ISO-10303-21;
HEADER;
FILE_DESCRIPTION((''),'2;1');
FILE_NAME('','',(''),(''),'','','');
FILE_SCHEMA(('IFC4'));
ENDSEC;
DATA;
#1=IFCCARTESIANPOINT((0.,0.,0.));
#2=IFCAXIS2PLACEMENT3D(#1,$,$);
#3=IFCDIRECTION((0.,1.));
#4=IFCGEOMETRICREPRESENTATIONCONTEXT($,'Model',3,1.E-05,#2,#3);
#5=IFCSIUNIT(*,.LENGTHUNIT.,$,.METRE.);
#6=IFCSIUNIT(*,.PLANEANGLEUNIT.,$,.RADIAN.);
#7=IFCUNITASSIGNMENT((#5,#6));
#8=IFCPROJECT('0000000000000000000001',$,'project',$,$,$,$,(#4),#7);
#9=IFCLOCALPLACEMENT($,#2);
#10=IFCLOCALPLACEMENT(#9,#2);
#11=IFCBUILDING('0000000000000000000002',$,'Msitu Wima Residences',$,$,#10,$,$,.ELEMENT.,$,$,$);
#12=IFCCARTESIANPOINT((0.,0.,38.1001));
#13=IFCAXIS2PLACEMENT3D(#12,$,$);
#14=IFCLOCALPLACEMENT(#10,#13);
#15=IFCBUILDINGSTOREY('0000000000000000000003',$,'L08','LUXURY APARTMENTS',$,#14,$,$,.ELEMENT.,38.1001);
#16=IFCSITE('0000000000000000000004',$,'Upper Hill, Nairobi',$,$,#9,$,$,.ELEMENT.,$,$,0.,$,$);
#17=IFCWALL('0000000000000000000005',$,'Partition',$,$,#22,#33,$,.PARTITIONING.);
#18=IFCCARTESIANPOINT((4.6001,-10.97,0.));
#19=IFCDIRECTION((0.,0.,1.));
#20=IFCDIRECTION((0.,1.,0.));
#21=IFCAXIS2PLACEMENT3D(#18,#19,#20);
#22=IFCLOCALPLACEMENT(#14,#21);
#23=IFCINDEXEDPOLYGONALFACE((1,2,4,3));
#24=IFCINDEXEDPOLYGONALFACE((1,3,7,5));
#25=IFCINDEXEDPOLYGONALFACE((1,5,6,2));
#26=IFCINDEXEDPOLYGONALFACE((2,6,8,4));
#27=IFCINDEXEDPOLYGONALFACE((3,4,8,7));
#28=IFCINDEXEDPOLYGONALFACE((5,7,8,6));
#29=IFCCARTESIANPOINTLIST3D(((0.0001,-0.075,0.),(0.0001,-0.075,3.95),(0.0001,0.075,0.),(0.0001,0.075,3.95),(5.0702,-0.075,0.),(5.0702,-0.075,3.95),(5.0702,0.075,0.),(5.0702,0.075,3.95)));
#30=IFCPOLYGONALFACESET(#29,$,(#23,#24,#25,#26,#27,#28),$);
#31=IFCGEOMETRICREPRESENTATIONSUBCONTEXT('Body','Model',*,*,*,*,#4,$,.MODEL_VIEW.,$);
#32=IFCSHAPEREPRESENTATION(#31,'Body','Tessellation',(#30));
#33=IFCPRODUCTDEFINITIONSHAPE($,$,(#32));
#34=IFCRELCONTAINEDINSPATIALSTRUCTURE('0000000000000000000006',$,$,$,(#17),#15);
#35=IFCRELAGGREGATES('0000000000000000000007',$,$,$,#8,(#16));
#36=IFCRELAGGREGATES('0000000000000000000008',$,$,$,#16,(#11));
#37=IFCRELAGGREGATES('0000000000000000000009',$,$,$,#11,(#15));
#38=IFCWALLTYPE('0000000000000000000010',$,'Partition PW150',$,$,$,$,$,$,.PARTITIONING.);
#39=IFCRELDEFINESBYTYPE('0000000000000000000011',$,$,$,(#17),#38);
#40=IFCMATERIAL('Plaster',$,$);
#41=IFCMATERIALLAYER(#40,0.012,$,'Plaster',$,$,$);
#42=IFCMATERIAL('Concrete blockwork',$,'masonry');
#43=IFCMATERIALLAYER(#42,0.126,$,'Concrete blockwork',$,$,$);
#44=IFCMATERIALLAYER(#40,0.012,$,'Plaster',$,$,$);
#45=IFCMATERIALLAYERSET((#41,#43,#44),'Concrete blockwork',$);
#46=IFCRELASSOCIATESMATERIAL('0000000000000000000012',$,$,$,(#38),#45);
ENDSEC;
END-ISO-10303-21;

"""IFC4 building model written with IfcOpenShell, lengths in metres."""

from ifc_helpers import new_model, si_unit, direction, frame, frame_2d, origin, place, context, subcontext, project, spatial, rectangle, extrude, material, layer, layer_set, type_object, element, save


model = new_model("IFC4")

# Units and contexts
model_context = context("Model", 3, precision=1e-05, world=origin(), true_north=direction((0.0, 1.0)))
body_context = subcontext(model_context, "Body", "Model", "MODEL_VIEW")
ifc_project = project(units=[si_unit("LENGTHUNIT", "METRE"), si_unit("PLANEANGLEUNIT", "RADIAN")], contexts=[model_context])

# Site, building, storey
site_placement = place(None, origin())
site = spatial("IfcSite", under=ifc_project, at=site_placement, Name="Upper Hill, Nairobi", CompositionType="ELEMENT", RefElevation=0.0)
building_placement = place(site_placement, origin())
building = spatial("IfcBuilding", under=site, at=building_placement, Name="Msitu Wima Residences", CompositionType="ELEMENT")
storey_placement = place(building_placement, frame((0.0, 0.0, 38.1001)))
storey = spatial("IfcBuildingStorey", under=building, at=storey_placement, Name="L08", Description="LUXURY APARTMENTS", CompositionType="ELEMENT", Elevation=38.1001)

# Wall
ifc_material_1 = material(Name="Plaster")
ifc_layer_1 = layer(ifc_material_1, 0.012, Name="Plaster")
ifc_material_2 = material(Name="Concrete blockwork", Category="masonry")
ifc_layer_2 = layer(ifc_material_2, 0.126, Name="Concrete blockwork")
ifc_layer_3 = layer(ifc_material_1, 0.012, Name="Plaster")
ifc_layer_set_1 = layer_set([ifc_layer_1, ifc_layer_2, ifc_layer_3], Name="Concrete blockwork")
wall_type_1 = type_object("IfcWallType", Name="Partition PW150", PredefinedType="PARTITIONING", material=ifc_layer_set_1)
wall_1_placement = place(storey_placement, frame((4.6001, -10.97, 0.0), z_axis=(0.0, 0.0, 1.0), x_axis=(0.0, 1.0, 0.0)))
element("IfcWall", 1, at=wall_1_placement, inside=storey, type_object=wall_type_1, Name="Partition", PredefinedType="PARTITIONING", context=body_context, shape_type="SweptSolid", body=[
    extrude(rectangle(XDim=5.0701, YDim=0.1499, at=frame_2d((2.5352, 0.0))), origin(), (0.0, 0.0, 1.0), 3.95),
])

save(model, "model.ifc")
